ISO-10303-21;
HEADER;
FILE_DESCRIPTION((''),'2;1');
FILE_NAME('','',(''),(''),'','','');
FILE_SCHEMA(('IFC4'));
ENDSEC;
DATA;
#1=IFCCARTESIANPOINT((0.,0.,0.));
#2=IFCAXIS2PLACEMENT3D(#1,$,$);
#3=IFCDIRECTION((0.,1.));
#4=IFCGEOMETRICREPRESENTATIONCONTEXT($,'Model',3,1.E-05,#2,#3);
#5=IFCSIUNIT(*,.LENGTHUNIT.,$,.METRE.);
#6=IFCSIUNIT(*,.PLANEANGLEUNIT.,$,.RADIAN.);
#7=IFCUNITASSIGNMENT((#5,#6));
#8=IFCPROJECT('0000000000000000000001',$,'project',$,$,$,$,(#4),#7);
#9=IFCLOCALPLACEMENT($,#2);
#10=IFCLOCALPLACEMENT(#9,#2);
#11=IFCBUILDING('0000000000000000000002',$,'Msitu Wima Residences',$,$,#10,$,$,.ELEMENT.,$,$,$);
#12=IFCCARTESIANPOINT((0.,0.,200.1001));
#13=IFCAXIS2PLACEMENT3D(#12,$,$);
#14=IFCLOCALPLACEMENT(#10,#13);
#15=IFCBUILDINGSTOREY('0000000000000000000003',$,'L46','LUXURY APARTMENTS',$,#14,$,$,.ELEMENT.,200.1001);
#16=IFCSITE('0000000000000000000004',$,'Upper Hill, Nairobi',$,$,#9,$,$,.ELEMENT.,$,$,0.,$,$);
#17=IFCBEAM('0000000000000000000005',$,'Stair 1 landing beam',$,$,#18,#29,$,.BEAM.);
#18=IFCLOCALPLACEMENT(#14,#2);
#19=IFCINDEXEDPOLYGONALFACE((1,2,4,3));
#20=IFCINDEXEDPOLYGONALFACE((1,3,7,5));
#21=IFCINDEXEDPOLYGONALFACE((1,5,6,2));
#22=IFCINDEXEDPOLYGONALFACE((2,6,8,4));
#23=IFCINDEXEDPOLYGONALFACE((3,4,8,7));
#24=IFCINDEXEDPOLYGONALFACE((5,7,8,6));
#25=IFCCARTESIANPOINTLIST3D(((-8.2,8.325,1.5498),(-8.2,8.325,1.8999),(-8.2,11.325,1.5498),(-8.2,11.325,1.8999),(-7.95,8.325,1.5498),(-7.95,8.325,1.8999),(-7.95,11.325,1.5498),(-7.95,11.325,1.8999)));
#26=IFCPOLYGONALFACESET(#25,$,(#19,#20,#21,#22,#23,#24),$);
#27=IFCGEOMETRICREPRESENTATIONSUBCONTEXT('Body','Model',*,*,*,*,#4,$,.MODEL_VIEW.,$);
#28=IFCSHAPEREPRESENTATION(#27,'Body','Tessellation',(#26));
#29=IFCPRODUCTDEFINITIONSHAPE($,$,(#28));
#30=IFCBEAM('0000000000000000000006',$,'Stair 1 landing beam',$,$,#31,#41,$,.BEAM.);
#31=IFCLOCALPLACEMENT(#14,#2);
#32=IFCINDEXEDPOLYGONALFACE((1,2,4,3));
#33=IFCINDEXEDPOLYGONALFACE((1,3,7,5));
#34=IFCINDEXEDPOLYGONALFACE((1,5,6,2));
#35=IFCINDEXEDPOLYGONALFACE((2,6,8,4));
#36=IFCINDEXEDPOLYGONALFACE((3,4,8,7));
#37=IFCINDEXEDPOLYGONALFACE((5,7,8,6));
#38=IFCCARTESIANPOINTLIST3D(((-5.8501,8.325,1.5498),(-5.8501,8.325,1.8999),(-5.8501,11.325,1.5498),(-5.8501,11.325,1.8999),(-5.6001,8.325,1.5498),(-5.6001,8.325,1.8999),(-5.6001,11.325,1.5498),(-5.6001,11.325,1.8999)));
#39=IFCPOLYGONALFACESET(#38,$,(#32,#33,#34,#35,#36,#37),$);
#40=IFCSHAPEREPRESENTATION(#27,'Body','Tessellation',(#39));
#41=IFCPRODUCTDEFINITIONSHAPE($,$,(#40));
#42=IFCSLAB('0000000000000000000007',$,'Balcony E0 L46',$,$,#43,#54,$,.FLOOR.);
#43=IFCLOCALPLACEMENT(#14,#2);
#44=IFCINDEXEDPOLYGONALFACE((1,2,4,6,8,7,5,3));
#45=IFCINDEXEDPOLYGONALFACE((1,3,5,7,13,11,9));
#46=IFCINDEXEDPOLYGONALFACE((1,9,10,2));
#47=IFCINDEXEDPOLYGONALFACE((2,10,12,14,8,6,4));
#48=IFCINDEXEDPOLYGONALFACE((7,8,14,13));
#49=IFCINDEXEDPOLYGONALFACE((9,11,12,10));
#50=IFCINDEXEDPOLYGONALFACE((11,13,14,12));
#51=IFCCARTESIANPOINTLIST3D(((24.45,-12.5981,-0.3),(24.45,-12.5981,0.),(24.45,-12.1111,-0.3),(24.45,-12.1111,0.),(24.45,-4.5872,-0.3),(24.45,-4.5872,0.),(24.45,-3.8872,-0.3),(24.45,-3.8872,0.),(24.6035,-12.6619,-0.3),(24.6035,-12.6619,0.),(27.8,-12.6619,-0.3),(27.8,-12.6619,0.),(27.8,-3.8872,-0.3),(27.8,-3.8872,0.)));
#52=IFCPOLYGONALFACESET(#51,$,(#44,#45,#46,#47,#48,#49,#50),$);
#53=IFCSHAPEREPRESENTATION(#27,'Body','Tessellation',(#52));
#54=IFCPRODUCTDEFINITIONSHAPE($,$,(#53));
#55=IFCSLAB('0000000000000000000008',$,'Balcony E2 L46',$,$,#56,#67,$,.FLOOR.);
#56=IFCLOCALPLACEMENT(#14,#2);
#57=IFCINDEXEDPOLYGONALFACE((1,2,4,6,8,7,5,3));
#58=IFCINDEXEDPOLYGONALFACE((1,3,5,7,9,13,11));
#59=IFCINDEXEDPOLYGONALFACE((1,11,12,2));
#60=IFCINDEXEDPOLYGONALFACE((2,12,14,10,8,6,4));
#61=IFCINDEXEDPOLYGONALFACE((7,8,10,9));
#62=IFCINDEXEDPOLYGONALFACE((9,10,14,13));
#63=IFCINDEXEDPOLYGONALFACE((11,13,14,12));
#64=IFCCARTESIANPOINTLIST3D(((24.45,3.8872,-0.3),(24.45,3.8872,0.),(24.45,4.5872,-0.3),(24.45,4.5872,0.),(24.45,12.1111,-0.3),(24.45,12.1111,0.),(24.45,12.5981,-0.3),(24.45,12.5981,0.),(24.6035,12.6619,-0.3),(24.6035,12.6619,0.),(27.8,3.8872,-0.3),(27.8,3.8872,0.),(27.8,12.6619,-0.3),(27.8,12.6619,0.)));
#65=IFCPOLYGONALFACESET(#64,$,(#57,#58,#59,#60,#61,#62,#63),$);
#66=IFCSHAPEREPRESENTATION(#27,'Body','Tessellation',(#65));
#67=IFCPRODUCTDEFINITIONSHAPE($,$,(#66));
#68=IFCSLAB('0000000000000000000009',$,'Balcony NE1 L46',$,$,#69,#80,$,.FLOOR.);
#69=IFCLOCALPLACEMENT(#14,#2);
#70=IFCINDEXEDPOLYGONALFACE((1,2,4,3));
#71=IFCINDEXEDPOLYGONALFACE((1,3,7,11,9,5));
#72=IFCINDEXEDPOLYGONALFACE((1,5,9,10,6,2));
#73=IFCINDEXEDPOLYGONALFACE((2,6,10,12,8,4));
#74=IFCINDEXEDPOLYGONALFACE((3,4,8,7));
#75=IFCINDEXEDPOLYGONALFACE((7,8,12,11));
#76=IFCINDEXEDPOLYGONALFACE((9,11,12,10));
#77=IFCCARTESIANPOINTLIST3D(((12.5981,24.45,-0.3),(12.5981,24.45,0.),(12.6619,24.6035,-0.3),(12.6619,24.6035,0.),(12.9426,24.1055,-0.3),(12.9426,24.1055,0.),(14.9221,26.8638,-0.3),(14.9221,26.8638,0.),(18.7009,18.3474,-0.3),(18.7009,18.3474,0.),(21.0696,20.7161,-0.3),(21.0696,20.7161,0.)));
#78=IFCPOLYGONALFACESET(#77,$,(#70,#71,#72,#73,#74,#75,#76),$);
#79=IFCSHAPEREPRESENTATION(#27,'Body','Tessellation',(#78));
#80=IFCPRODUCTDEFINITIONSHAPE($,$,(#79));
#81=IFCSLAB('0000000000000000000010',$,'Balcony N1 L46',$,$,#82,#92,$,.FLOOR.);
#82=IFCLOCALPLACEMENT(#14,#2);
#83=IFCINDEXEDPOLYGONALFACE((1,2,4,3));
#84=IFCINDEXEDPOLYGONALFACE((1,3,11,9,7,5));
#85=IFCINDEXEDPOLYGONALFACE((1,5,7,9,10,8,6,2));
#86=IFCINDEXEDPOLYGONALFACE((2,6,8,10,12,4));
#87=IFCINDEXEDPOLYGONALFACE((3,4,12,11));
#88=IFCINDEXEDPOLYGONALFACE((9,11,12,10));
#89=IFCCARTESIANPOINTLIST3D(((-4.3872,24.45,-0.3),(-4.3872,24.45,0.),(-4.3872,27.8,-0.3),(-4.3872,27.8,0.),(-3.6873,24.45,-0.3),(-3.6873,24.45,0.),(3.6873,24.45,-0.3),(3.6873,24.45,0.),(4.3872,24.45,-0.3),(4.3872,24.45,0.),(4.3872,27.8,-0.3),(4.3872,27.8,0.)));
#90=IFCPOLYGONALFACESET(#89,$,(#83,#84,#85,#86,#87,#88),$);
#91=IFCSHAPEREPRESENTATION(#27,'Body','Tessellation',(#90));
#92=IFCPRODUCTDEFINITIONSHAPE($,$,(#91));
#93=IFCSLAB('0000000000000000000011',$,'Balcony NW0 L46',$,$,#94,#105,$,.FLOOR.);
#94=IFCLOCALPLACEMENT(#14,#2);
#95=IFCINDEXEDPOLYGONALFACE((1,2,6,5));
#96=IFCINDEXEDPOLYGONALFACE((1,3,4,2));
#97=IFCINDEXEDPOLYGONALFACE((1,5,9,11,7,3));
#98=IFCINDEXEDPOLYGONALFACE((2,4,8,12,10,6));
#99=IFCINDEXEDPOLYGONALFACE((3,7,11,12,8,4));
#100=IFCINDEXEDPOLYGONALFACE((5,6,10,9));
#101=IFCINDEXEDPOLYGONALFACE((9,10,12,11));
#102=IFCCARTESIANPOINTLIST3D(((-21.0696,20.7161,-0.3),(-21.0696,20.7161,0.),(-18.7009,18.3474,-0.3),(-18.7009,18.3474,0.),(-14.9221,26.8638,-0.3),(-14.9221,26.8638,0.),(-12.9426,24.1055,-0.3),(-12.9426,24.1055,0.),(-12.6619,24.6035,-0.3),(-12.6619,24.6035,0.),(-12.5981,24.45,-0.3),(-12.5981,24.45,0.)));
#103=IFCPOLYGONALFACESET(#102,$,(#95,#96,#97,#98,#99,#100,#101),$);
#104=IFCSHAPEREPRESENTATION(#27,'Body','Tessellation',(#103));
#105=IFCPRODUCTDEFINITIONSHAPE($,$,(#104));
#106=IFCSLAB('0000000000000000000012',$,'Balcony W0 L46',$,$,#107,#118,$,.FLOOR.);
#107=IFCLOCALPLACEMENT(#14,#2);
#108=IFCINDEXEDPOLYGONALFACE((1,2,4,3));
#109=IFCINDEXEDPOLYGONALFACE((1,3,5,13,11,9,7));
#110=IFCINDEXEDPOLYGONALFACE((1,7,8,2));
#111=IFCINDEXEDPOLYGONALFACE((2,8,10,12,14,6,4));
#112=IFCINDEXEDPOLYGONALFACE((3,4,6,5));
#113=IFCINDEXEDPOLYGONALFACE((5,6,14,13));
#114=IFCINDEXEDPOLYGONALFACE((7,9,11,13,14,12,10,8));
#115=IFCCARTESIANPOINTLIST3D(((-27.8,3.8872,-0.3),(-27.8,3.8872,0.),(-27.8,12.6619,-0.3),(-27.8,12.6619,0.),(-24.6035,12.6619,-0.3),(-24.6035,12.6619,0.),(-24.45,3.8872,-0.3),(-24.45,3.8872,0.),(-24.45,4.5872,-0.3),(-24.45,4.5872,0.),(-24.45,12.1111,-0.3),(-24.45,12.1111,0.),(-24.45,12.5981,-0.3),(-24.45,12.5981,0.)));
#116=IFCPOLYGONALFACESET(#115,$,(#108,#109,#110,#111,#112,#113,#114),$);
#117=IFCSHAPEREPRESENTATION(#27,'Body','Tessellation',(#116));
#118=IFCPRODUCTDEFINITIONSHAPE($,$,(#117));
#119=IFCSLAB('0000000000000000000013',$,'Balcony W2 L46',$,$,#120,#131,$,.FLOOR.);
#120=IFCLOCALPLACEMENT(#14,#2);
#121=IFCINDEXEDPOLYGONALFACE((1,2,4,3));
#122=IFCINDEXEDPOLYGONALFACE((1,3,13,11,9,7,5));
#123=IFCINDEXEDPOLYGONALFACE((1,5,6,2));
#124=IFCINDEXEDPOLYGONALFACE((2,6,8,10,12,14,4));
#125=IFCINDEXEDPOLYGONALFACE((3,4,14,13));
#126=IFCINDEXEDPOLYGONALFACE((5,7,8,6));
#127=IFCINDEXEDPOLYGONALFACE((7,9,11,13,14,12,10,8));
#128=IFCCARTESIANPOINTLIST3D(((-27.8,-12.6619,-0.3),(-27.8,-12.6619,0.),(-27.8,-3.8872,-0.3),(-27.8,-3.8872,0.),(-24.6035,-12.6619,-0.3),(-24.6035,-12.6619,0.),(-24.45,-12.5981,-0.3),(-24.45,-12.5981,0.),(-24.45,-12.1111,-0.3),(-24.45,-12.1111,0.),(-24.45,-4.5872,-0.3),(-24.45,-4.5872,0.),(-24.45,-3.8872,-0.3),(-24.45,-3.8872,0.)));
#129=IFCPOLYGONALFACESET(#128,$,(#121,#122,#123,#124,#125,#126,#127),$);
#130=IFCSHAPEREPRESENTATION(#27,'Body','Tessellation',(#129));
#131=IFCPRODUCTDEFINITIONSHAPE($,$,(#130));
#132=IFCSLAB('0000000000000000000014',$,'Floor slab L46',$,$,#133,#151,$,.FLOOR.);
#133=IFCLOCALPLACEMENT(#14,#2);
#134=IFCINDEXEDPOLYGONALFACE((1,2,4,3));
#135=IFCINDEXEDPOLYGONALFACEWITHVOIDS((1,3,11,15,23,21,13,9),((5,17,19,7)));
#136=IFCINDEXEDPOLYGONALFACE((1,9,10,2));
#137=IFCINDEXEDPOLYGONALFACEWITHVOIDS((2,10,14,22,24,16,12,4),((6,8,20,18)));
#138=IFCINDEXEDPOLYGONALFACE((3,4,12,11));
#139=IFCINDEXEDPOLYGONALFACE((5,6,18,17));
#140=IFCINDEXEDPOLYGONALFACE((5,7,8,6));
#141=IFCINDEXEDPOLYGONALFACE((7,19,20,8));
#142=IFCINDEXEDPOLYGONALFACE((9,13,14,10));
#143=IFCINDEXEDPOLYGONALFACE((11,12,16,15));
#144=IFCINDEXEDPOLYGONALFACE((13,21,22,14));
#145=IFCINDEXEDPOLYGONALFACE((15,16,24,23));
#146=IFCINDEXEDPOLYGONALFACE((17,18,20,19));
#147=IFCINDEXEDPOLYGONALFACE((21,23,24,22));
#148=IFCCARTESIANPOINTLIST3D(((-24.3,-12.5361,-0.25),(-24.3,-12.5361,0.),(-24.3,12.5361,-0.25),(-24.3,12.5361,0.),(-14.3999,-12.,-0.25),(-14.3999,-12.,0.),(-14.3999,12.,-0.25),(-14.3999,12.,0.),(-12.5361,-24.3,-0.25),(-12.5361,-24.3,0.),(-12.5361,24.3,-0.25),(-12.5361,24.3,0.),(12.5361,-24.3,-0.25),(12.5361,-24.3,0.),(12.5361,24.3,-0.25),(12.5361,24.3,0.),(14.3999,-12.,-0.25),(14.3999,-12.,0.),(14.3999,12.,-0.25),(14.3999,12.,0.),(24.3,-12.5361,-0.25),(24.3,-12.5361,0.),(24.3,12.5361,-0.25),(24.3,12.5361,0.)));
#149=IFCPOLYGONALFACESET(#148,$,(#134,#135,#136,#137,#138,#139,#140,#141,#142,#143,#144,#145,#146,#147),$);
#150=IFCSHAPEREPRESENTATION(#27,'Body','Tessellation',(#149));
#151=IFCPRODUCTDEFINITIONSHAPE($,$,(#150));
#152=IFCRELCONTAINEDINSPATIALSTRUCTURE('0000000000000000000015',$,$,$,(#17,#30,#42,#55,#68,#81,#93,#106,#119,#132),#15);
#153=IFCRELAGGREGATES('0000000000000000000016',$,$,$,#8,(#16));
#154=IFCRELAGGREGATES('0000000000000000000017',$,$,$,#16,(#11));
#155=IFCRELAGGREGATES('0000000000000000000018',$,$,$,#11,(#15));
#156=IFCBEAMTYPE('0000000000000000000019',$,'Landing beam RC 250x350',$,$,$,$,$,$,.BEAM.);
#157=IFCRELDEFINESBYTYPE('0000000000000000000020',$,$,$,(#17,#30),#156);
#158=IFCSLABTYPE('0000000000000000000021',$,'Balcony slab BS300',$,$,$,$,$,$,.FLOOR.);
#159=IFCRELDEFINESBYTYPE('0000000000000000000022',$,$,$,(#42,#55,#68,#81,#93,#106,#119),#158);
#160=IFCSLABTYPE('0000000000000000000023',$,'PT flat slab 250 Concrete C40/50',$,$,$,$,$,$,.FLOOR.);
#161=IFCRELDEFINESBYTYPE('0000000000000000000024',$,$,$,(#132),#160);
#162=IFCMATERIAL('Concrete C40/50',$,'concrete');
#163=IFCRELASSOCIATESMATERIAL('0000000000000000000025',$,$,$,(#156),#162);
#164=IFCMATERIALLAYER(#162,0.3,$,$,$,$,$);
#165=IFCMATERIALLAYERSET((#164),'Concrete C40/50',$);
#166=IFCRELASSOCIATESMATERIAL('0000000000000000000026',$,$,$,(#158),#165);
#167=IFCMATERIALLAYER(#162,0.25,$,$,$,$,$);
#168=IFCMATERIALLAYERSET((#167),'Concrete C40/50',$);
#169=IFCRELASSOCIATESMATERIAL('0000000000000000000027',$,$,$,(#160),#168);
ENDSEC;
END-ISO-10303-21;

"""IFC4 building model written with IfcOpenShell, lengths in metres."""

from ifc_helpers import new_model, si_unit, direction, frame, origin, origin_2d, place, context, subcontext, project, spatial, polyline, rectangle, outline, extrude, material, layer, layer_set, material_profile, profile_set, type_object, element, save


model = new_model("IFC4")

# Units and contexts
model_context = context("Model", 3, precision=1e-05, world=origin(), true_north=direction((0.0, 1.0)))
body_context = subcontext(model_context, "Body", "Model", "MODEL_VIEW")
ifc_project = project(units=[si_unit("LENGTHUNIT", "METRE"), si_unit("PLANEANGLEUNIT", "RADIAN")], contexts=[model_context])

# Site, building, storey
site_placement = place(None, origin())
site = spatial("IfcSite", under=ifc_project, at=site_placement, Name="Upper Hill, Nairobi", CompositionType="ELEMENT", RefElevation=0.0)
building_placement = place(site_placement, origin())
building = spatial("IfcBuilding", under=site, at=building_placement, Name="Msitu Wima Residences", CompositionType="ELEMENT")
storey_placement = place(building_placement, frame((0.0, 0.0, 200.1001)))
storey = spatial("IfcBuildingStorey", under=building, at=storey_placement, Name="L46", Description="LUXURY APARTMENTS", CompositionType="ELEMENT", Elevation=200.1001)

# Beams
ifc_material_1 = material(Name="Concrete C40/50", Category="concrete")
ifc_material_profile = material_profile(ifc_material_1, rectangle(XDim=0.25, YDim=0.3501, at=origin_2d()), Name="RC 250x350")
ifc_profile_set = profile_set([ifc_material_profile], Name="Concrete C40/50")
beam_type = type_object("IfcBeamType", Name="Landing beam RC 250x350", PredefinedType="BEAM", material=ifc_profile_set)
for number, where, z_axis, x_axis, name in (
    (1, (-8.075, 8.325, 1.7249), (0.0, 1.0, 0.0), (-1.0, 0.0, 0.0), "Stair 1 landing beam"),
    (2, (-5.7251, 8.325, 1.7249), (0.0, 1.0, 0.0), (-1.0, 0.0, 0.0), "Stair 1 landing beam"),
):
    element("IfcBeam", number, at=place(storey_placement, frame(where, z_axis=z_axis, x_axis=x_axis)), inside=storey, type_object=beam_type, Name=name, PredefinedType="BEAM", context=body_context, shape_type="SweptSolid", body=[
        extrude(rectangle(XDim=0.25, YDim=0.3501, at=origin_2d()), origin(), (0.0, 0.0, 1.0), 3.0),
    ])

# Slabs
ifc_layer_1 = layer(ifc_material_1, 0.3)
ifc_layer_set_1 = layer_set([ifc_layer_1], Name="Concrete C40/50")
slab_type_1 = type_object("IfcSlabType", Name="Balcony slab BS300", PredefinedType="FLOOR", material=ifc_layer_set_1)
slab_1_placement = place(storey_placement, frame((0.0, 0.0, -0.3)))
element("IfcSlab", 3, at=slab_1_placement, inside=storey, type_object=slab_type_1, Name="Balcony E0 L46", PredefinedType="FLOOR", context=body_context, shape_type="SweptSolid", body=[
    extrude(outline(polyline([(24.45, -12.1111), (24.45, -12.1111), (24.45, -4.5872), (24.45, -4.5872), (24.45, -3.8872), (27.8, -3.8872), (27.8, -12.6619), (24.6035, -12.6619), (24.45, -12.5981), (24.45, -12.1111), (24.45, -12.1111)])), origin(), (0.0, 0.0, 1.0), 0.3),
])
slab_2_placement = place(storey_placement, frame((0.0, 0.0, -0.3)))
element("IfcSlab", 4, at=slab_2_placement, inside=storey, type_object=slab_type_1, Name="Balcony E2 L46", PredefinedType="FLOOR", context=body_context, shape_type="SweptSolid", body=[
    extrude(outline(polyline([(24.45, 12.1111), (24.45, 12.1111), (24.45, 12.1111), (24.45, 12.5981), (24.6035, 12.6619), (27.8, 12.6619), (27.8, 3.8872), (24.45, 3.8872), (24.45, 4.5872), (24.45, 12.1111)])), origin(), (0.0, 0.0, 1.0), 0.3),
])
slab_3_placement = place(storey_placement, frame((0.0, 0.0, -0.3)))
element("IfcSlab", 5, at=slab_3_placement, inside=storey, type_object=slab_type_1, Name="Balcony NE1 L46", PredefinedType="FLOOR", context=body_context, shape_type="SweptSolid", body=[
    extrude(outline(polyline([(12.9426, 24.1055), (12.9426, 24.1055), (12.5981, 24.45), (12.6619, 24.6035), (14.9221, 26.8638), (21.0696, 20.7161), (18.7009, 18.3474), (12.9426, 24.1055), (12.9426, 24.1055)])), origin(), (0.0, 0.0, 1.0), 0.3),
])
slab_4_placement = place(storey_placement, frame((0.0, 0.0, -0.3)))
element("IfcSlab", 6, at=slab_4_placement, inside=storey, type_object=slab_type_1, Name="Balcony N1 L46", PredefinedType="FLOOR", context=body_context, shape_type="SweptSolid", body=[
    extrude(outline(polyline([(3.6873, 24.45), (-3.6873, 24.45), (-4.3872, 24.45), (-4.3872, 27.8), (4.3872, 27.8), (4.3872, 24.45), (3.6873, 24.45)])), origin(), (0.0, 0.0, 1.0), 0.3),
])
slab_5_placement = place(storey_placement, frame((0.0, 0.0, -0.3)))
element("IfcSlab", 7, at=slab_5_placement, inside=storey, type_object=slab_type_1, Name="Balcony NW0 L46", PredefinedType="FLOOR", context=body_context, shape_type="SweptSolid", body=[
    extrude(outline(polyline([(-12.9426, 24.1055), (-12.9426, 24.1055), (-18.7009, 18.3474), (-21.0696, 20.7161), (-14.9221, 26.8638), (-12.6619, 24.6035), (-12.5981, 24.45), (-12.9426, 24.1055), (-12.9426, 24.1055)])), origin(), (0.0, 0.0, 1.0), 0.3),
])
slab_6_placement = place(storey_placement, frame((0.0, 0.0, -0.3)))
element("IfcSlab", 8, at=slab_6_placement, inside=storey, type_object=slab_type_1, Name="Balcony W0 L46", PredefinedType="FLOOR", context=body_context, shape_type="SweptSolid", body=[
    extrude(outline(polyline([(-24.45, 12.1111), (-24.45, 12.1111), (-24.45, 4.5872), (-24.45, 3.8872), (-27.8, 3.8872), (-27.8, 12.6619), (-24.6035, 12.6619), (-24.45, 12.5981), (-24.45, 12.1111), (-24.45, 12.1111)])), origin(), (0.0, 0.0, 1.0), 0.3),
])
slab_7_placement = place(storey_placement, frame((0.0, 0.0, -0.3)))
element("IfcSlab", 9, at=slab_7_placement, inside=storey, type_object=slab_type_1, Name="Balcony W2 L46", PredefinedType="FLOOR", context=body_context, shape_type="SweptSolid", body=[
    extrude(outline(polyline([(-24.45, -12.1111), (-24.45, -12.1111), (-24.45, -12.5981), (-24.6035, -12.6619), (-27.8, -12.6619), (-27.8, -3.8872), (-24.45, -3.8872), (-24.45, -4.5872), (-24.45, -4.5872), (-24.45, -12.1111), (-24.45, -12.1111)])), origin(), (0.0, 0.0, 1.0), 0.3),
])
ifc_layer_2 = layer(ifc_material_1, 0.25)
ifc_layer_set_2 = layer_set([ifc_layer_2], Name="Concrete C40/50")
slab_type_2 = type_object("IfcSlabType", Name="PT flat slab 250 Concrete C40/50", PredefinedType="FLOOR", material=ifc_layer_set_2)
slab_8_placement = place(storey_placement, frame((0.0, 0.0, -0.25)))
element("IfcSlab", 10, at=slab_8_placement, inside=storey, type_object=slab_type_2, Name="Floor slab L46", PredefinedType="FLOOR", context=body_context, shape_type="SweptSolid", body=[
    extrude(outline(polyline([(24.3, -12.5361), (12.5361, -24.3), (-12.5361, -24.3), (-24.3, -12.5361), (-24.3, 12.5361), (-12.5361, 24.3), (12.5361, 24.3), (24.3, 12.5361), (24.3, -12.5361)]), holes=[polyline([(-14.3999, -12.0), (14.3999, -12.0), (14.3999, 12.0), (-14.3999, 12.0), (-14.3999, -12.0)])]), origin(), (0.0, 0.0, 1.0), 0.25),
])

save(model, "model.ifc")
